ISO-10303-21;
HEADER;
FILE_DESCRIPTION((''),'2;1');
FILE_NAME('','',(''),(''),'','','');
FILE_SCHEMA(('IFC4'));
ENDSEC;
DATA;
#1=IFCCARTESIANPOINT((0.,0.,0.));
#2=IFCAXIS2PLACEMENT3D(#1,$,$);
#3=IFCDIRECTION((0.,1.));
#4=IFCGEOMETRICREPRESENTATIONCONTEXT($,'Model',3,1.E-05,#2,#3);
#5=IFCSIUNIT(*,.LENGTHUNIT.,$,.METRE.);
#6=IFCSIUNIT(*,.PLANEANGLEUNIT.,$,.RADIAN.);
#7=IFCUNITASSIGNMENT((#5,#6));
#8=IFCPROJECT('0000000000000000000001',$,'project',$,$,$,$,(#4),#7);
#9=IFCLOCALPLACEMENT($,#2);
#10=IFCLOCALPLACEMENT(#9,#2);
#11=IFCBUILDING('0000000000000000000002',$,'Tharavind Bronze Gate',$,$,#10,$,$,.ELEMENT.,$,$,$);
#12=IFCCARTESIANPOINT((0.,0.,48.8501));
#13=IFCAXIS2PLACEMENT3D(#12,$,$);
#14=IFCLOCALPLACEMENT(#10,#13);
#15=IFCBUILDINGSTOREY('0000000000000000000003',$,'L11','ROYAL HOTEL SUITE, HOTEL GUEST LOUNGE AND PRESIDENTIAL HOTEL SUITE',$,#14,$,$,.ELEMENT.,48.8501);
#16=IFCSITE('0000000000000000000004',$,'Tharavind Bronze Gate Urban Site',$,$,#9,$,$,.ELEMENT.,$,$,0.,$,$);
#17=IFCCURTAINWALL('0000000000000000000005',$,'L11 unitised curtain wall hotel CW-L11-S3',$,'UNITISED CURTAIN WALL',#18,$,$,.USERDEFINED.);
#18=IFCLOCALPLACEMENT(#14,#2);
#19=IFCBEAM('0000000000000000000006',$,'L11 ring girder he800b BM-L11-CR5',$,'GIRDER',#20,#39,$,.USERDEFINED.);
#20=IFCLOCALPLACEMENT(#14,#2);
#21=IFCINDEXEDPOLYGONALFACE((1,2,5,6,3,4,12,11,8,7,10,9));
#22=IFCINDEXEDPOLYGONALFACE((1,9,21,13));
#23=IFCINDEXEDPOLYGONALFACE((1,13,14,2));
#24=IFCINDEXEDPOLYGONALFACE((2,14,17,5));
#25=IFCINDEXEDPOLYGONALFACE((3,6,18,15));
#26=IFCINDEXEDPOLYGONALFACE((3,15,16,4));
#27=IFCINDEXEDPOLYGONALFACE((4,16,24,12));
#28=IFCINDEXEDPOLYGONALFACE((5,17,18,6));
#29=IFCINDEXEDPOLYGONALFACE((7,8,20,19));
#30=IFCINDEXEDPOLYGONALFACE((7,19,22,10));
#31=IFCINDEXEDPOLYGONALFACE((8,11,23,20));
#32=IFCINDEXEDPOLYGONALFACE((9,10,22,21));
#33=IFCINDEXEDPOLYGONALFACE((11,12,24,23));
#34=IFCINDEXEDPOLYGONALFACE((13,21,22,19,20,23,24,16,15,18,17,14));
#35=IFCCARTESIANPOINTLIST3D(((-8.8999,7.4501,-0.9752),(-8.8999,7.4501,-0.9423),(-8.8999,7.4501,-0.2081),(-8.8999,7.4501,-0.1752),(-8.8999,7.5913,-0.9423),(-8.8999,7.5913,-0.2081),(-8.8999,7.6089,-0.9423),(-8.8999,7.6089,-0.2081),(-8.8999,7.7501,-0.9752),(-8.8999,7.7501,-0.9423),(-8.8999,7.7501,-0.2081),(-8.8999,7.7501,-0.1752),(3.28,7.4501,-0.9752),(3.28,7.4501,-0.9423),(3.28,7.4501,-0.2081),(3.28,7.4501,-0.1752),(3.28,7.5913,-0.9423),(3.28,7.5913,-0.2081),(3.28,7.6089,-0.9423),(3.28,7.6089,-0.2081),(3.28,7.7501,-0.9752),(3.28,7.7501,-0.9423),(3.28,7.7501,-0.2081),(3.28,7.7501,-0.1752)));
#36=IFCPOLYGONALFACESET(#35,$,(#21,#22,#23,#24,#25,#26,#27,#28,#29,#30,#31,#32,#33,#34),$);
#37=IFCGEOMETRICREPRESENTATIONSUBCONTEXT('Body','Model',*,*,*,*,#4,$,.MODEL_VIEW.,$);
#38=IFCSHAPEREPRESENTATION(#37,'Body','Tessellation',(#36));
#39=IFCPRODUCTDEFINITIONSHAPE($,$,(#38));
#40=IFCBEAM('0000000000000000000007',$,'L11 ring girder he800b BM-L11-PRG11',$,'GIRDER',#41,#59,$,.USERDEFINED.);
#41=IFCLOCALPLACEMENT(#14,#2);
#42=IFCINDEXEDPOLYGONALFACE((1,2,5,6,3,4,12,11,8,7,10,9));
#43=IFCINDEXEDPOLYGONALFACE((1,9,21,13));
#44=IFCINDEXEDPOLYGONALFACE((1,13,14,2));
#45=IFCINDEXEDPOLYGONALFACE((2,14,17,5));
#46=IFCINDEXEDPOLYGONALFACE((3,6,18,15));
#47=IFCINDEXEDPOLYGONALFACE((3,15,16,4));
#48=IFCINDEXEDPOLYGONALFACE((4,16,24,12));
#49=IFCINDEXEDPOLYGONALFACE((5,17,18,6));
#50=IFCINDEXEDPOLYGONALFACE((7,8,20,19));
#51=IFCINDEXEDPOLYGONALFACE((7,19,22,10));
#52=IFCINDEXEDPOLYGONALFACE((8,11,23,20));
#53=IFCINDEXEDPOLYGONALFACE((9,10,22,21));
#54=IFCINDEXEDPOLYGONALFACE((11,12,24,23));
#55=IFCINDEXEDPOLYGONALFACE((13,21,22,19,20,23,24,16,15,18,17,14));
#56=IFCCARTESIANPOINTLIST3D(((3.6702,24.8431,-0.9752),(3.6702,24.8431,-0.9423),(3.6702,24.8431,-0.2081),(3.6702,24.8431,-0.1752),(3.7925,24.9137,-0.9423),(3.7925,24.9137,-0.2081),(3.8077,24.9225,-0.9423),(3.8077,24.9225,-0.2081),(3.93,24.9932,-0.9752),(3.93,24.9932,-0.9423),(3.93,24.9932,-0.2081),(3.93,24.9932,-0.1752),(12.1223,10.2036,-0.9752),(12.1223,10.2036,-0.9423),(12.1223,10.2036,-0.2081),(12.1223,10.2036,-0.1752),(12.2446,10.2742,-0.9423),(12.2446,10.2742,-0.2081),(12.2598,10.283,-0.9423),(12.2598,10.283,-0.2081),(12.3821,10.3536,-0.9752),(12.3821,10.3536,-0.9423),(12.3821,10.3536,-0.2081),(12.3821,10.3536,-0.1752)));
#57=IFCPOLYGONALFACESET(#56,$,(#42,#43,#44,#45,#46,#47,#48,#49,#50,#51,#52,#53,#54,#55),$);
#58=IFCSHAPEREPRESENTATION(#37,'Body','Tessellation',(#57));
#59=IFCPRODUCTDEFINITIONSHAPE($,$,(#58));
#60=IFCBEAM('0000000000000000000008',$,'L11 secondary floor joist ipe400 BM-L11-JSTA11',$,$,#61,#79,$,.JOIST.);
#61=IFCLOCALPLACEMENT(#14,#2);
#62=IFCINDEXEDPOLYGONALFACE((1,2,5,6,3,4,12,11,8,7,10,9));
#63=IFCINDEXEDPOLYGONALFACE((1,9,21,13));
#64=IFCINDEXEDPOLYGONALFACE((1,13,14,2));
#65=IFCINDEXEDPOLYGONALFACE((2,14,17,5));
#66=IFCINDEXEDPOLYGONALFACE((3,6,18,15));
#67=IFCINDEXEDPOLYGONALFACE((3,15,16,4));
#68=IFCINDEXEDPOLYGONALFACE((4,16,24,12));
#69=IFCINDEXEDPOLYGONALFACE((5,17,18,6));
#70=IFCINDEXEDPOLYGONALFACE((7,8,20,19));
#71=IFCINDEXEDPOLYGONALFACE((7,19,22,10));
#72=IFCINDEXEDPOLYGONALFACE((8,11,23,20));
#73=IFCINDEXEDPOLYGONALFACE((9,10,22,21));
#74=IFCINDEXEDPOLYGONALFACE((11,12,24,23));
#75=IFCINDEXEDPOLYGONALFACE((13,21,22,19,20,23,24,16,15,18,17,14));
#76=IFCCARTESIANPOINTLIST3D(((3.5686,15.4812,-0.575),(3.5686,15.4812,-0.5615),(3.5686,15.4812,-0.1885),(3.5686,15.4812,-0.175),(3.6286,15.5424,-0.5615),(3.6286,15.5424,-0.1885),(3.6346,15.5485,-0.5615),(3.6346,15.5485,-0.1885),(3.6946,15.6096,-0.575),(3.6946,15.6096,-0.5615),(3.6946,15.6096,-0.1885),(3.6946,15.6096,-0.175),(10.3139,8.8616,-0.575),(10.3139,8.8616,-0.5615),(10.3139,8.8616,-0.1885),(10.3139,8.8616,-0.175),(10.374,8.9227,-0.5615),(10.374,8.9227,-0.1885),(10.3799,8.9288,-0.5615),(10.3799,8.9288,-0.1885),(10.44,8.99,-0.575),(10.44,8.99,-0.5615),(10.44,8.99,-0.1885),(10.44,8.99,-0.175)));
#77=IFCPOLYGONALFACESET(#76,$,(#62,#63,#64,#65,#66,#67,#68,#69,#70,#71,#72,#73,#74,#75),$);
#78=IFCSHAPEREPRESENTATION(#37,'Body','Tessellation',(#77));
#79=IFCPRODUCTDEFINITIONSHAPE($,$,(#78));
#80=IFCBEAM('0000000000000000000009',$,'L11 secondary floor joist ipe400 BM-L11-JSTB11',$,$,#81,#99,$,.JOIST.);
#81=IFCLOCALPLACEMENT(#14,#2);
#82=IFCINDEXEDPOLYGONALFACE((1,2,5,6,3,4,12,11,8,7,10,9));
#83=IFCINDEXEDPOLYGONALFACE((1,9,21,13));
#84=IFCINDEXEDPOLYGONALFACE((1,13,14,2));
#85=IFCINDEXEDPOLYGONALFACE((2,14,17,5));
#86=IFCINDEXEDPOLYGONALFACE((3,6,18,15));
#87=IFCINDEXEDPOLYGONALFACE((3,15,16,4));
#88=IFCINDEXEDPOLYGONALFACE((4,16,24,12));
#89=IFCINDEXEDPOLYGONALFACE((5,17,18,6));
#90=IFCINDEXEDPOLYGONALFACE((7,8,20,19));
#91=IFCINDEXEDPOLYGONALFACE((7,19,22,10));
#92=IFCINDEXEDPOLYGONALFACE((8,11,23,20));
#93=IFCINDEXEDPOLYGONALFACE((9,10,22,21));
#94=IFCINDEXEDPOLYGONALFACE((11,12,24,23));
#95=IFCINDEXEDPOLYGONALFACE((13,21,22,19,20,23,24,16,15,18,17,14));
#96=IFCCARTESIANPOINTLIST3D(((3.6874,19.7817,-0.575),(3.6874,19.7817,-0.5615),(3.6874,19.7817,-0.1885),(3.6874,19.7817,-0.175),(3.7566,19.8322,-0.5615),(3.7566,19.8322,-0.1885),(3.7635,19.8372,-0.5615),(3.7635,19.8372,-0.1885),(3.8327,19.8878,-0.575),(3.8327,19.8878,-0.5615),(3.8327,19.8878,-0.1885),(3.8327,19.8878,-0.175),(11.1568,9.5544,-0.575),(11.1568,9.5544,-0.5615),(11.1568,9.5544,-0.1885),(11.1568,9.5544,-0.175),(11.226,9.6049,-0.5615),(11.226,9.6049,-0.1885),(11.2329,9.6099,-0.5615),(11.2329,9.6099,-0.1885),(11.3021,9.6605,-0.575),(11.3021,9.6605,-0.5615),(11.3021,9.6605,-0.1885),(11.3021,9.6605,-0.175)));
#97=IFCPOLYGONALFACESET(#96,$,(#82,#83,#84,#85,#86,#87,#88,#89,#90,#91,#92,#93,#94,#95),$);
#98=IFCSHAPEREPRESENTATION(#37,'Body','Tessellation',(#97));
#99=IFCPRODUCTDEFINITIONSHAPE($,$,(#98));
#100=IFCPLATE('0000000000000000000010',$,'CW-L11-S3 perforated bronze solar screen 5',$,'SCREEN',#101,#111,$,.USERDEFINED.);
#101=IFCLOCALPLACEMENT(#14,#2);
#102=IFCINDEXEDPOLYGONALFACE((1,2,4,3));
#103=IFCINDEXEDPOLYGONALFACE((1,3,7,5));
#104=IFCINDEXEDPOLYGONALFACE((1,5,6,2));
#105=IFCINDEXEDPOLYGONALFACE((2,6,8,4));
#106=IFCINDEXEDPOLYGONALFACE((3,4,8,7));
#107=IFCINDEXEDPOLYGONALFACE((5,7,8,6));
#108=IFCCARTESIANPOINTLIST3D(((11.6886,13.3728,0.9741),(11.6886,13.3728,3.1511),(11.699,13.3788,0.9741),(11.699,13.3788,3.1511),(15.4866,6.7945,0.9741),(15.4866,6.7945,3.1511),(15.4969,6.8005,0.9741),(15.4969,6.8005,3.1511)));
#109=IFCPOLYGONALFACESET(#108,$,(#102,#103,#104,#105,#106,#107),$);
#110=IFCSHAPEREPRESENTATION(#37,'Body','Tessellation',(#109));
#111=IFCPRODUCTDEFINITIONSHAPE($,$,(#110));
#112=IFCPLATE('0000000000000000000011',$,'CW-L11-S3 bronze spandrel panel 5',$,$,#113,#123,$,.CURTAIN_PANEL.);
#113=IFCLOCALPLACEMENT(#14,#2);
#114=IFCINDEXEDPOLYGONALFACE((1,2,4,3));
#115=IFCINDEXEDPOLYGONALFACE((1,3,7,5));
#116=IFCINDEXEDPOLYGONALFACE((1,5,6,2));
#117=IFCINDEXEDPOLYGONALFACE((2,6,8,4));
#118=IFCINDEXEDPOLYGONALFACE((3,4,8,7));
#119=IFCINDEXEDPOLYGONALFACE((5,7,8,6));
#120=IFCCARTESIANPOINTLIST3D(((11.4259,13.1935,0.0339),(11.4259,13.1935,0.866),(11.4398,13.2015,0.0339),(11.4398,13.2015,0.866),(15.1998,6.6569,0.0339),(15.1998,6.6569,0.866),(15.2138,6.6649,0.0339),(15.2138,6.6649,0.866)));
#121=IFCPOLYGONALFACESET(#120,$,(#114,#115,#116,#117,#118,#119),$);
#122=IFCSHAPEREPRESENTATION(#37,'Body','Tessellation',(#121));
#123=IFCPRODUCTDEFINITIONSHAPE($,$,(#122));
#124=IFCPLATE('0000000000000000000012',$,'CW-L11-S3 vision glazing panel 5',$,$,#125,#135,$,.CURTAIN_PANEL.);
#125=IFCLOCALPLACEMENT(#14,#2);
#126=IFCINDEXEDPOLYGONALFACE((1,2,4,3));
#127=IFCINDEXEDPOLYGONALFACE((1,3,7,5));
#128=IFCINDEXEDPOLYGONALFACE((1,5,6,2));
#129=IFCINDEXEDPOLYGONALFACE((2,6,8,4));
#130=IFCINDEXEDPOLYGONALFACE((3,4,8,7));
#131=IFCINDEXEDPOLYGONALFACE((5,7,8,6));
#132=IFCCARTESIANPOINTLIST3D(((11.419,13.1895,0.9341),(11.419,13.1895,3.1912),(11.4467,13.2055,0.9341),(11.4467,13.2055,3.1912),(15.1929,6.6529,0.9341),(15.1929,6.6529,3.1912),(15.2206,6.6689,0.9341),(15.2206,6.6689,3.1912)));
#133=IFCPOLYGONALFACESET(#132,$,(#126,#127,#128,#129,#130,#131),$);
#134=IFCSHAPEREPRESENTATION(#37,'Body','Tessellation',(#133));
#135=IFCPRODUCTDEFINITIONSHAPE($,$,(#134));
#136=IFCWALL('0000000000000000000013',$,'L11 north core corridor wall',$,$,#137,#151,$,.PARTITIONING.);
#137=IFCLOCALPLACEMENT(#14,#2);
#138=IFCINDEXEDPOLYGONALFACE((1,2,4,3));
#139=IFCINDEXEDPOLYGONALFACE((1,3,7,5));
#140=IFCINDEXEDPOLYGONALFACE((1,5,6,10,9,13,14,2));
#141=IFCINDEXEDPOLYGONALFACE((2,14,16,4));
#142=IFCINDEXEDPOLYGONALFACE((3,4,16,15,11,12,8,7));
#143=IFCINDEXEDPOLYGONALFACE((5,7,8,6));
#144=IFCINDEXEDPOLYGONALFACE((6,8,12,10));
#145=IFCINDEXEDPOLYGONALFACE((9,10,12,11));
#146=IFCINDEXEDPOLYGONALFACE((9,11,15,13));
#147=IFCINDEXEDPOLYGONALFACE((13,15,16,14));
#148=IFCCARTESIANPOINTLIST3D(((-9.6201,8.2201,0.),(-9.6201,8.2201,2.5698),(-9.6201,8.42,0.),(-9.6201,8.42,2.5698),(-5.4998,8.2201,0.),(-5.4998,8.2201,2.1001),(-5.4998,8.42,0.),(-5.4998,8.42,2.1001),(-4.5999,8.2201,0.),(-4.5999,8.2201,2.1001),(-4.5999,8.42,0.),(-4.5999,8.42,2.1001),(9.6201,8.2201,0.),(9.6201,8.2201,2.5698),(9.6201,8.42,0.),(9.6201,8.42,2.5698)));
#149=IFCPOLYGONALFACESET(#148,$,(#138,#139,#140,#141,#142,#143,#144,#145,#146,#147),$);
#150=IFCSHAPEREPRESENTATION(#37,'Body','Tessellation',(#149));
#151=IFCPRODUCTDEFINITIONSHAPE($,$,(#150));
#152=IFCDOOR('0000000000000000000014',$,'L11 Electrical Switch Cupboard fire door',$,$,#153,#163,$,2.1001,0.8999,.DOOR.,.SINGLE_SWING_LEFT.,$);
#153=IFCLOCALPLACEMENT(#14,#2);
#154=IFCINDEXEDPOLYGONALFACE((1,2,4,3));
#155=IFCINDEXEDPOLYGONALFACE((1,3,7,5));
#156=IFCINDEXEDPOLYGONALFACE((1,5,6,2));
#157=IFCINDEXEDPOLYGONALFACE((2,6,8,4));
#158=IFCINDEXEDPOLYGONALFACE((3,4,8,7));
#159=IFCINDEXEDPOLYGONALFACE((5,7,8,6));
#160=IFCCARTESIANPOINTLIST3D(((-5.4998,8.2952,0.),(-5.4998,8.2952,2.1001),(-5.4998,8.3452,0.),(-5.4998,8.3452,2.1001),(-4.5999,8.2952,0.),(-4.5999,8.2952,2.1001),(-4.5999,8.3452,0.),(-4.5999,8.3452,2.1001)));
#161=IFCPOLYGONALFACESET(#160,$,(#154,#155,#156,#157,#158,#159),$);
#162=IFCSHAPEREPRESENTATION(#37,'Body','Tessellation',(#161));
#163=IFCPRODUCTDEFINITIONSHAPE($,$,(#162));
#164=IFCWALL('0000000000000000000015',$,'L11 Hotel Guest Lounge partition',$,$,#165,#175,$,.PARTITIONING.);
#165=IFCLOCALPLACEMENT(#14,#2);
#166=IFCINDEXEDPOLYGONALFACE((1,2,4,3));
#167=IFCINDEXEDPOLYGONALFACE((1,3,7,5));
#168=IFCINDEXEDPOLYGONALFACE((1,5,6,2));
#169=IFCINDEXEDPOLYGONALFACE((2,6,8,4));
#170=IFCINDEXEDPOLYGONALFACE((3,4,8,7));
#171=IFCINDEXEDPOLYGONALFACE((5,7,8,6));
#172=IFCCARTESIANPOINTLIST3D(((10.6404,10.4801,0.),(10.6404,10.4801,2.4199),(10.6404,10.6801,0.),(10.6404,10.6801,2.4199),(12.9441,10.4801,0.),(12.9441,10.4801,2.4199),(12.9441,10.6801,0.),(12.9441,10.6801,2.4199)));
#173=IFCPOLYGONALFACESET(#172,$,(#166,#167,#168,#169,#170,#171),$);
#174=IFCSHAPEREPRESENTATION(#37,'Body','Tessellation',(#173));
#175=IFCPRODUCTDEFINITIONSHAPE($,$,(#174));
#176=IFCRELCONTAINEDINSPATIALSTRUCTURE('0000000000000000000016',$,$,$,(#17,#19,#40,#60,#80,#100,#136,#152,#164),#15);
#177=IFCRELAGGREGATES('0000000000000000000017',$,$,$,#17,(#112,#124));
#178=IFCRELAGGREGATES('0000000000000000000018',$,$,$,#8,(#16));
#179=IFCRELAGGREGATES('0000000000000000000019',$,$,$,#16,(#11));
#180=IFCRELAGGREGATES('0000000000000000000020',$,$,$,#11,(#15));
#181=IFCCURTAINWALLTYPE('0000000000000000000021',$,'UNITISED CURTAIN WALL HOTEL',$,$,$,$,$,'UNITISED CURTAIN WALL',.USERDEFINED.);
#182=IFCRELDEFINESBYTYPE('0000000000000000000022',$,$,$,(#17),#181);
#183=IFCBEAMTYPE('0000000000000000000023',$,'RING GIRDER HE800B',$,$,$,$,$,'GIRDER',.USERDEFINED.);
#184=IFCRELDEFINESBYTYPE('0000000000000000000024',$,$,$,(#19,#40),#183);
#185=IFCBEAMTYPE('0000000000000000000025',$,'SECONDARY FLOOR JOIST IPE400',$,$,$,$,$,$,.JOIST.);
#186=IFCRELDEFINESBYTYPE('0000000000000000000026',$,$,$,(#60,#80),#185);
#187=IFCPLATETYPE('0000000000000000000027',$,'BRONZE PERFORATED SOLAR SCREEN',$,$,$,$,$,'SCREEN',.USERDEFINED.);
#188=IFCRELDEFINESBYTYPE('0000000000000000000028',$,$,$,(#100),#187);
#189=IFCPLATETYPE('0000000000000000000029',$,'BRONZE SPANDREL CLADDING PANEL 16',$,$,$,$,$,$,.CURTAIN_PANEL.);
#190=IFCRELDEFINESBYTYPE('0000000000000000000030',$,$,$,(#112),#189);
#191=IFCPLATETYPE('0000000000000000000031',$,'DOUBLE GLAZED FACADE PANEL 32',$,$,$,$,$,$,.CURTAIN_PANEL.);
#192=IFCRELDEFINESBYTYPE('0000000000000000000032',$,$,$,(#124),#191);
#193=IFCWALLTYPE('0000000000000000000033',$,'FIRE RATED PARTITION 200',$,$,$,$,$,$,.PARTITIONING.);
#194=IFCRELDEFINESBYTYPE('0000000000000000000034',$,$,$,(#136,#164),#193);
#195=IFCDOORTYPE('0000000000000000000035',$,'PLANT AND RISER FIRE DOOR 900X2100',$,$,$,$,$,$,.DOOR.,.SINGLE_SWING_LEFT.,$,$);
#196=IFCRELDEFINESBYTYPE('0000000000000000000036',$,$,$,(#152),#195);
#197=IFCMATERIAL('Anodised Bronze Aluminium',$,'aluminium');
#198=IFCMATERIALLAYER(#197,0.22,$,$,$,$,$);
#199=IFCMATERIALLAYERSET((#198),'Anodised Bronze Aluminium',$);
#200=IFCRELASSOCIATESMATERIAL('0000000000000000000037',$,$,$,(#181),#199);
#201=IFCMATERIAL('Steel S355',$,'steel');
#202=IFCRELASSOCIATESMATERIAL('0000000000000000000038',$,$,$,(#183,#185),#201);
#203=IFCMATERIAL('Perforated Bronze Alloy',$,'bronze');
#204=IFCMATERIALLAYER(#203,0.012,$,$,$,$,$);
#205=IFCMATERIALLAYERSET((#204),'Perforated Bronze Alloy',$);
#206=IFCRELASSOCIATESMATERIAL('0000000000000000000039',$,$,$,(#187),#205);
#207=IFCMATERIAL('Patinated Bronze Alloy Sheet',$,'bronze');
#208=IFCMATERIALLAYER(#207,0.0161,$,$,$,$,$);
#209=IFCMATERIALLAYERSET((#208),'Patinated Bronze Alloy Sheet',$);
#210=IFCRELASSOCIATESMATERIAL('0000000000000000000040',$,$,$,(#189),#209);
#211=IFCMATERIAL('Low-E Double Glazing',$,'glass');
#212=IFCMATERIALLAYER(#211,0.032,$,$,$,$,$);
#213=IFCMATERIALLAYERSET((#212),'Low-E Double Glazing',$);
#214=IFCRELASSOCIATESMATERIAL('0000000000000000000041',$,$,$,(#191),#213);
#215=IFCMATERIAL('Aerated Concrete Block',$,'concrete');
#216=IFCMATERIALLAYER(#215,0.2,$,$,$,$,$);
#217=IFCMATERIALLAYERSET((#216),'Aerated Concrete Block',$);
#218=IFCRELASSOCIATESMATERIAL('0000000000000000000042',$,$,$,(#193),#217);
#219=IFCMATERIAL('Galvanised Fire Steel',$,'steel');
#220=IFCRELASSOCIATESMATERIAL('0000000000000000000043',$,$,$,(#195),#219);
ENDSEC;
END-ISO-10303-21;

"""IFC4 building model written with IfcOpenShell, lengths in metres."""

from ifc_helpers import new_model, si_unit, direction, frame, frame_2d, origin, origin_2d, place, context, subcontext, project, spatial, rectangle, i_section, extrude, material, layer, layer_set, material_profile, profile_set, type_object, element, fill, aggregate, save


model = new_model("IFC4")

# Units and contexts
model_context = context("Model", 3, precision=1e-05, world=origin(), true_north=direction((0.0, 1.0)))
body_context = subcontext(model_context, "Body", "Model", "MODEL_VIEW")
ifc_project = project(units=[si_unit("LENGTHUNIT", "METRE"), si_unit("PLANEANGLEUNIT", "RADIAN")], contexts=[model_context])

# Site, building, storey
site_placement = place(None, origin())
site = spatial("IfcSite", under=ifc_project, at=site_placement, Name="Tharavind Bronze Gate Urban Site", CompositionType="ELEMENT", RefElevation=0.0)
building_placement = place(site_placement, origin())
building = spatial("IfcBuilding", under=site, at=building_placement, Name="Tharavind Bronze Gate", CompositionType="ELEMENT")
storey_placement = place(building_placement, frame((0.0, 0.0, 48.8501)))
storey = spatial("IfcBuildingStorey", under=building, at=storey_placement, Name="L11", Description="ROYAL HOTEL SUITE, HOTEL GUEST LOUNGE AND PRESIDENTIAL HOTEL SUITE", CompositionType="ELEMENT", Elevation=48.8501)

# Curtain wall
ifc_material_1 = material(Name="Anodised Bronze Aluminium", Category="aluminium")
ifc_layer_1 = layer(ifc_material_1, 0.22)
ifc_layer_set_1 = layer_set([ifc_layer_1], Name="Anodised Bronze Aluminium")
curtain_wall_type = type_object("IfcCurtainWallType", Name="UNITISED CURTAIN WALL HOTEL", ElementType="UNITISED CURTAIN WALL", PredefinedType="USERDEFINED", material=ifc_layer_set_1)
curtain_wall_placement = place(storey_placement, origin())
curtain_wall = element("IfcCurtainWall", 1, at=curtain_wall_placement, inside=storey, type_object=curtain_wall_type, Name="L11 unitised curtain wall hotel CW-L11-S3", ObjectType="UNITISED CURTAIN WALL", PredefinedType="USERDEFINED")

# Beams
ifc_material_2 = material(Name="Steel S355", Category="steel")
ifc_material_profile_1 = material_profile(ifc_material_2, i_section(OverallWidth=0.3, OverallDepth=0.8, WebThickness=0.0176, FlangeThickness=0.033, at=origin_2d()), Name="HE800B")
ifc_profile_set_1 = profile_set([ifc_material_profile_1], Name="Steel S355")
beam_type_1 = type_object("IfcBeamType", Name="RING GIRDER HE800B", ElementType="GIRDER", PredefinedType="USERDEFINED", material=ifc_profile_set_1)
beam_1_placement = place(storey_placement, frame((3.28, 7.6001, -0.5752), z_axis=(-1.0, 0.0, 0.0), x_axis=(0.0, -1.0, 0.0)))
element("IfcBeam", 2, at=beam_1_placement, inside=storey, type_object=beam_type_1, Name="L11 ring girder he800b BM-L11-CR5", ObjectType="GIRDER", PredefinedType="USERDEFINED", context=body_context, shape_type="SweptSolid", body=[
    extrude(i_section(OverallWidth=0.3, OverallDepth=0.8, WebThickness=0.0176, FlangeThickness=0.033, at=origin_2d()), origin(), (0.0, 0.0, 1.0), 12.1799),
])
beam_2_placement = place(storey_placement, frame((12.2522, 10.2786, -0.5752), z_axis=(-0.499997, 0.866027, 0.0), x_axis=(-0.866027, -0.499997, 0.0)))
element("IfcBeam", 3, at=beam_2_placement, inside=storey, type_object=beam_type_1, Name="L11 ring girder he800b BM-L11-PRG11", ObjectType="GIRDER", PredefinedType="USERDEFINED", context=body_context, shape_type="SweptSolid", body=[
    extrude(i_section(OverallWidth=0.3, OverallDepth=0.8, WebThickness=0.0176, FlangeThickness=0.033, at=origin_2d()), origin(), (0.0, 0.0, 1.0), 16.9043),
])
ifc_material_profile_2 = material_profile(ifc_material_2, i_section(OverallWidth=0.1799, OverallDepth=0.3999, WebThickness=0.0085, FlangeThickness=0.0134, at=origin_2d()), Name="IPE400")
ifc_profile_set_2 = profile_set([ifc_material_profile_2], Name="Steel S355")
beam_type_2 = type_object("IfcBeamType", Name="SECONDARY FLOOR JOIST IPE400", PredefinedType="JOIST", material=ifc_profile_set_2)
beam_3_placement = place(storey_placement, frame((10.377, 8.9258, -0.375), z_axis=(-0.713727, 0.700424, 0.0), x_axis=(-0.700424, -0.713727, 0.0)))
element("IfcBeam", 4, at=beam_3_placement, inside=storey, type_object=beam_type_2, Name="L11 secondary floor joist ipe400 BM-L11-JSTA11", PredefinedType="JOIST", context=body_context, shape_type="SweptSolid", body=[
    extrude(i_section(OverallWidth=0.1799, OverallDepth=0.3999, WebThickness=0.0085, FlangeThickness=0.0134, at=origin_2d()), origin(), (0.0, 0.0, 1.0), 9.4509),
])
beam_4_placement = place(storey_placement, frame((11.2295, 9.6074, -0.375), z_axis=(-0.589795, 0.807553, 0.0), x_axis=(-0.807553, -0.589795, 0.0)))
element("IfcBeam", 5, at=beam_4_placement, inside=storey, type_object=beam_type_2, Name="L11 secondary floor joist ipe400 BM-L11-JSTB11", PredefinedType="JOIST", context=body_context, shape_type="SweptSolid", body=[
    extrude(i_section(OverallWidth=0.1799, OverallDepth=0.3999, WebThickness=0.0085, FlangeThickness=0.0134, at=origin_2d()), origin(), (0.0, 0.0, 1.0), 12.6646),
])

# Plates
ifc_material_3 = material(Name="Perforated Bronze Alloy", Category="bronze")
ifc_layer_2 = layer(ifc_material_3, 0.012)
ifc_layer_set_2 = layer_set([ifc_layer_2], Name="Perforated Bronze Alloy")
plate_type_1 = type_object("IfcPlateType", Name="BRONZE PERFORATED SOLAR SCREEN", ElementType="SCREEN", PredefinedType="USERDEFINED", material=ifc_layer_set_2)
plate_1_placement = place(storey_placement, frame((13.5928, 10.0867, 0.9741), z_axis=(0.0, 0.0, 1.0), x_axis=(-0.500002, 0.866025, 0.0)))
element("IfcPlate", 6, at=plate_1_placement, inside=storey, type_object=plate_type_1, Name="CW-L11-S3 perforated bronze solar screen 5", ObjectType="SCREEN", PredefinedType="USERDEFINED", context=body_context, shape_type="SweptSolid", body=[
    extrude(rectangle(XDim=7.5959, YDim=0.012, at=origin_2d()), origin(), (0.0, 0.0, 1.0), 2.177),
])
ifc_material_4 = material(Name="Patinated Bronze Alloy Sheet", Category="bronze")
ifc_layer_3 = layer(ifc_material_4, 0.0161)
ifc_layer_set_3 = layer_set([ifc_layer_3], Name="Patinated Bronze Alloy Sheet")
plate_type_2 = type_object("IfcPlateType", Name="BRONZE SPANDREL CLADDING PANEL 16", PredefinedType="CURTAIN_PANEL", material=ifc_layer_set_3)
plate_2_placement = place(storey_placement, frame((13.3198, 9.9292, 0.0339), z_axis=(0.0, 0.0, 1.0), x_axis=(-0.500002, 0.866025, 0.0)))
plate_2 = element("IfcPlate", 7, at=plate_2_placement, type_object=plate_type_2, Name="CW-L11-S3 bronze spandrel panel 5", PredefinedType="CURTAIN_PANEL", context=body_context, shape_type="SweptSolid", body=[
    extrude(rectangle(XDim=7.5479, YDim=0.0161, at=origin_2d()), origin(), (0.0, 0.0, 1.0), 0.832),
])
ifc_material_5 = material(Name="Low-E Double Glazing", Category="glass")
ifc_layer_4 = layer(ifc_material_5, 0.032)
ifc_layer_set_4 = layer_set([ifc_layer_4], Name="Low-E Double Glazing")
plate_type_3 = type_object("IfcPlateType", Name="DOUBLE GLAZED FACADE PANEL 32", PredefinedType="CURTAIN_PANEL", material=ifc_layer_set_4)
plate_3_placement = place(storey_placement, frame((13.3198, 9.9292, 0.9341), z_axis=(0.0, 0.0, 1.0), x_axis=(-0.500002, 0.866025, 0.0)))
plate_3 = element("IfcPlate", 8, at=plate_3_placement, type_object=plate_type_3, Name="CW-L11-S3 vision glazing panel 5", PredefinedType="CURTAIN_PANEL", context=body_context, shape_type="SweptSolid", body=[
    extrude(rectangle(XDim=7.5479, YDim=0.032, at=origin_2d()), origin(), (0.0, 0.0, 1.0), 2.2571),
])
aggregate(curtain_wall, [plate_2, plate_3])

# Wall, opening, door
ifc_material_6 = material(Name="Aerated Concrete Block", Category="concrete")
ifc_layer_5 = layer(ifc_material_6, 0.2)
ifc_layer_set_5 = layer_set([ifc_layer_5], Name="Aerated Concrete Block")
wall_type_1 = type_object("IfcWallType", Name="FIRE RATED PARTITION 200", PredefinedType="PARTITIONING", material=ifc_layer_set_5)
wall_1_placement = place(storey_placement, frame((9.6201, 8.3201, 0.0), z_axis=(0.0, 0.0, 1.0), x_axis=(-1.0, 0.0, 0.0)))
wall_1 = element("IfcWall", 9, at=wall_1_placement, inside=storey, type_object=wall_type_1, Name="L11 north core corridor wall", PredefinedType="PARTITIONING", context=body_context, shape_type="SweptSolid", body=[
    extrude(rectangle(XDim=19.2402, YDim=0.2, at=frame_2d((9.6201, 0.0))), origin(), (0.0, 0.0, 1.0), 2.5698),
])
opening_1_placement = place(wall_1_placement, frame((14.22, 0.0, 0.0)))
opening_1 = element("IfcOpeningElement", 10, at=opening_1_placement, cuts=wall_1, PredefinedType="OPENING", context=body_context, shape_type="SweptSolid", body=[
    extrude(rectangle(XDim=0.8999, YDim=2.1001, at=frame_2d((0.45, 1.05))), frame((0.0, 0.1101, 0.0), z_axis=(0.0, -1.0, 0.0), x_axis=(1.0, 0.0, 0.0)), (0.0, 0.0, 1.0), 0.22),
])
ifc_material_7 = material(Name="Galvanised Fire Steel", Category="steel")
door_type_1 = type_object("IfcDoorType", Name="PLANT AND RISER FIRE DOOR 900X2100", OperationType="SINGLE_SWING_LEFT", PredefinedType="DOOR", material=ifc_material_7)
door_1_placement = place(opening_1_placement, origin())
door_1 = element("IfcDoor", 11, at=door_1_placement, inside=storey, type_object=door_type_1, Name="L11 Electrical Switch Cupboard fire door", OperationType="SINGLE_SWING_LEFT", OverallHeight=2.1001, OverallWidth=0.8999, PredefinedType="DOOR", context=body_context, shape_type="SweptSolid", body=[
    extrude(rectangle(XDim=0.8999, YDim=2.1001, at=frame_2d((0.45, 1.05))), frame((0.0, 0.0249, 0.0), z_axis=(0.0, -1.0, 0.0), x_axis=(1.0, 0.0, 0.0)), (0.0, 0.0, 1.0), 0.05),
])
fill(opening_1, door_1)

# Wall
wall_2_placement = place(storey_placement, frame((12.9441, 10.5801, 0.0), z_axis=(0.0, 0.0, 1.0), x_axis=(-1.0, 0.0, 0.0)))
element("IfcWall", 12, at=wall_2_placement, inside=storey, type_object=wall_type_1, Name="L11 Hotel Guest Lounge partition", PredefinedType="PARTITIONING", context=body_context, shape_type="SweptSolid", body=[
    extrude(rectangle(XDim=2.3037, YDim=0.2, at=frame_2d((1.1519, 0.0))), origin(), (0.0, 0.0, 1.0), 2.4199),
])

save(model, "model.ifc")
